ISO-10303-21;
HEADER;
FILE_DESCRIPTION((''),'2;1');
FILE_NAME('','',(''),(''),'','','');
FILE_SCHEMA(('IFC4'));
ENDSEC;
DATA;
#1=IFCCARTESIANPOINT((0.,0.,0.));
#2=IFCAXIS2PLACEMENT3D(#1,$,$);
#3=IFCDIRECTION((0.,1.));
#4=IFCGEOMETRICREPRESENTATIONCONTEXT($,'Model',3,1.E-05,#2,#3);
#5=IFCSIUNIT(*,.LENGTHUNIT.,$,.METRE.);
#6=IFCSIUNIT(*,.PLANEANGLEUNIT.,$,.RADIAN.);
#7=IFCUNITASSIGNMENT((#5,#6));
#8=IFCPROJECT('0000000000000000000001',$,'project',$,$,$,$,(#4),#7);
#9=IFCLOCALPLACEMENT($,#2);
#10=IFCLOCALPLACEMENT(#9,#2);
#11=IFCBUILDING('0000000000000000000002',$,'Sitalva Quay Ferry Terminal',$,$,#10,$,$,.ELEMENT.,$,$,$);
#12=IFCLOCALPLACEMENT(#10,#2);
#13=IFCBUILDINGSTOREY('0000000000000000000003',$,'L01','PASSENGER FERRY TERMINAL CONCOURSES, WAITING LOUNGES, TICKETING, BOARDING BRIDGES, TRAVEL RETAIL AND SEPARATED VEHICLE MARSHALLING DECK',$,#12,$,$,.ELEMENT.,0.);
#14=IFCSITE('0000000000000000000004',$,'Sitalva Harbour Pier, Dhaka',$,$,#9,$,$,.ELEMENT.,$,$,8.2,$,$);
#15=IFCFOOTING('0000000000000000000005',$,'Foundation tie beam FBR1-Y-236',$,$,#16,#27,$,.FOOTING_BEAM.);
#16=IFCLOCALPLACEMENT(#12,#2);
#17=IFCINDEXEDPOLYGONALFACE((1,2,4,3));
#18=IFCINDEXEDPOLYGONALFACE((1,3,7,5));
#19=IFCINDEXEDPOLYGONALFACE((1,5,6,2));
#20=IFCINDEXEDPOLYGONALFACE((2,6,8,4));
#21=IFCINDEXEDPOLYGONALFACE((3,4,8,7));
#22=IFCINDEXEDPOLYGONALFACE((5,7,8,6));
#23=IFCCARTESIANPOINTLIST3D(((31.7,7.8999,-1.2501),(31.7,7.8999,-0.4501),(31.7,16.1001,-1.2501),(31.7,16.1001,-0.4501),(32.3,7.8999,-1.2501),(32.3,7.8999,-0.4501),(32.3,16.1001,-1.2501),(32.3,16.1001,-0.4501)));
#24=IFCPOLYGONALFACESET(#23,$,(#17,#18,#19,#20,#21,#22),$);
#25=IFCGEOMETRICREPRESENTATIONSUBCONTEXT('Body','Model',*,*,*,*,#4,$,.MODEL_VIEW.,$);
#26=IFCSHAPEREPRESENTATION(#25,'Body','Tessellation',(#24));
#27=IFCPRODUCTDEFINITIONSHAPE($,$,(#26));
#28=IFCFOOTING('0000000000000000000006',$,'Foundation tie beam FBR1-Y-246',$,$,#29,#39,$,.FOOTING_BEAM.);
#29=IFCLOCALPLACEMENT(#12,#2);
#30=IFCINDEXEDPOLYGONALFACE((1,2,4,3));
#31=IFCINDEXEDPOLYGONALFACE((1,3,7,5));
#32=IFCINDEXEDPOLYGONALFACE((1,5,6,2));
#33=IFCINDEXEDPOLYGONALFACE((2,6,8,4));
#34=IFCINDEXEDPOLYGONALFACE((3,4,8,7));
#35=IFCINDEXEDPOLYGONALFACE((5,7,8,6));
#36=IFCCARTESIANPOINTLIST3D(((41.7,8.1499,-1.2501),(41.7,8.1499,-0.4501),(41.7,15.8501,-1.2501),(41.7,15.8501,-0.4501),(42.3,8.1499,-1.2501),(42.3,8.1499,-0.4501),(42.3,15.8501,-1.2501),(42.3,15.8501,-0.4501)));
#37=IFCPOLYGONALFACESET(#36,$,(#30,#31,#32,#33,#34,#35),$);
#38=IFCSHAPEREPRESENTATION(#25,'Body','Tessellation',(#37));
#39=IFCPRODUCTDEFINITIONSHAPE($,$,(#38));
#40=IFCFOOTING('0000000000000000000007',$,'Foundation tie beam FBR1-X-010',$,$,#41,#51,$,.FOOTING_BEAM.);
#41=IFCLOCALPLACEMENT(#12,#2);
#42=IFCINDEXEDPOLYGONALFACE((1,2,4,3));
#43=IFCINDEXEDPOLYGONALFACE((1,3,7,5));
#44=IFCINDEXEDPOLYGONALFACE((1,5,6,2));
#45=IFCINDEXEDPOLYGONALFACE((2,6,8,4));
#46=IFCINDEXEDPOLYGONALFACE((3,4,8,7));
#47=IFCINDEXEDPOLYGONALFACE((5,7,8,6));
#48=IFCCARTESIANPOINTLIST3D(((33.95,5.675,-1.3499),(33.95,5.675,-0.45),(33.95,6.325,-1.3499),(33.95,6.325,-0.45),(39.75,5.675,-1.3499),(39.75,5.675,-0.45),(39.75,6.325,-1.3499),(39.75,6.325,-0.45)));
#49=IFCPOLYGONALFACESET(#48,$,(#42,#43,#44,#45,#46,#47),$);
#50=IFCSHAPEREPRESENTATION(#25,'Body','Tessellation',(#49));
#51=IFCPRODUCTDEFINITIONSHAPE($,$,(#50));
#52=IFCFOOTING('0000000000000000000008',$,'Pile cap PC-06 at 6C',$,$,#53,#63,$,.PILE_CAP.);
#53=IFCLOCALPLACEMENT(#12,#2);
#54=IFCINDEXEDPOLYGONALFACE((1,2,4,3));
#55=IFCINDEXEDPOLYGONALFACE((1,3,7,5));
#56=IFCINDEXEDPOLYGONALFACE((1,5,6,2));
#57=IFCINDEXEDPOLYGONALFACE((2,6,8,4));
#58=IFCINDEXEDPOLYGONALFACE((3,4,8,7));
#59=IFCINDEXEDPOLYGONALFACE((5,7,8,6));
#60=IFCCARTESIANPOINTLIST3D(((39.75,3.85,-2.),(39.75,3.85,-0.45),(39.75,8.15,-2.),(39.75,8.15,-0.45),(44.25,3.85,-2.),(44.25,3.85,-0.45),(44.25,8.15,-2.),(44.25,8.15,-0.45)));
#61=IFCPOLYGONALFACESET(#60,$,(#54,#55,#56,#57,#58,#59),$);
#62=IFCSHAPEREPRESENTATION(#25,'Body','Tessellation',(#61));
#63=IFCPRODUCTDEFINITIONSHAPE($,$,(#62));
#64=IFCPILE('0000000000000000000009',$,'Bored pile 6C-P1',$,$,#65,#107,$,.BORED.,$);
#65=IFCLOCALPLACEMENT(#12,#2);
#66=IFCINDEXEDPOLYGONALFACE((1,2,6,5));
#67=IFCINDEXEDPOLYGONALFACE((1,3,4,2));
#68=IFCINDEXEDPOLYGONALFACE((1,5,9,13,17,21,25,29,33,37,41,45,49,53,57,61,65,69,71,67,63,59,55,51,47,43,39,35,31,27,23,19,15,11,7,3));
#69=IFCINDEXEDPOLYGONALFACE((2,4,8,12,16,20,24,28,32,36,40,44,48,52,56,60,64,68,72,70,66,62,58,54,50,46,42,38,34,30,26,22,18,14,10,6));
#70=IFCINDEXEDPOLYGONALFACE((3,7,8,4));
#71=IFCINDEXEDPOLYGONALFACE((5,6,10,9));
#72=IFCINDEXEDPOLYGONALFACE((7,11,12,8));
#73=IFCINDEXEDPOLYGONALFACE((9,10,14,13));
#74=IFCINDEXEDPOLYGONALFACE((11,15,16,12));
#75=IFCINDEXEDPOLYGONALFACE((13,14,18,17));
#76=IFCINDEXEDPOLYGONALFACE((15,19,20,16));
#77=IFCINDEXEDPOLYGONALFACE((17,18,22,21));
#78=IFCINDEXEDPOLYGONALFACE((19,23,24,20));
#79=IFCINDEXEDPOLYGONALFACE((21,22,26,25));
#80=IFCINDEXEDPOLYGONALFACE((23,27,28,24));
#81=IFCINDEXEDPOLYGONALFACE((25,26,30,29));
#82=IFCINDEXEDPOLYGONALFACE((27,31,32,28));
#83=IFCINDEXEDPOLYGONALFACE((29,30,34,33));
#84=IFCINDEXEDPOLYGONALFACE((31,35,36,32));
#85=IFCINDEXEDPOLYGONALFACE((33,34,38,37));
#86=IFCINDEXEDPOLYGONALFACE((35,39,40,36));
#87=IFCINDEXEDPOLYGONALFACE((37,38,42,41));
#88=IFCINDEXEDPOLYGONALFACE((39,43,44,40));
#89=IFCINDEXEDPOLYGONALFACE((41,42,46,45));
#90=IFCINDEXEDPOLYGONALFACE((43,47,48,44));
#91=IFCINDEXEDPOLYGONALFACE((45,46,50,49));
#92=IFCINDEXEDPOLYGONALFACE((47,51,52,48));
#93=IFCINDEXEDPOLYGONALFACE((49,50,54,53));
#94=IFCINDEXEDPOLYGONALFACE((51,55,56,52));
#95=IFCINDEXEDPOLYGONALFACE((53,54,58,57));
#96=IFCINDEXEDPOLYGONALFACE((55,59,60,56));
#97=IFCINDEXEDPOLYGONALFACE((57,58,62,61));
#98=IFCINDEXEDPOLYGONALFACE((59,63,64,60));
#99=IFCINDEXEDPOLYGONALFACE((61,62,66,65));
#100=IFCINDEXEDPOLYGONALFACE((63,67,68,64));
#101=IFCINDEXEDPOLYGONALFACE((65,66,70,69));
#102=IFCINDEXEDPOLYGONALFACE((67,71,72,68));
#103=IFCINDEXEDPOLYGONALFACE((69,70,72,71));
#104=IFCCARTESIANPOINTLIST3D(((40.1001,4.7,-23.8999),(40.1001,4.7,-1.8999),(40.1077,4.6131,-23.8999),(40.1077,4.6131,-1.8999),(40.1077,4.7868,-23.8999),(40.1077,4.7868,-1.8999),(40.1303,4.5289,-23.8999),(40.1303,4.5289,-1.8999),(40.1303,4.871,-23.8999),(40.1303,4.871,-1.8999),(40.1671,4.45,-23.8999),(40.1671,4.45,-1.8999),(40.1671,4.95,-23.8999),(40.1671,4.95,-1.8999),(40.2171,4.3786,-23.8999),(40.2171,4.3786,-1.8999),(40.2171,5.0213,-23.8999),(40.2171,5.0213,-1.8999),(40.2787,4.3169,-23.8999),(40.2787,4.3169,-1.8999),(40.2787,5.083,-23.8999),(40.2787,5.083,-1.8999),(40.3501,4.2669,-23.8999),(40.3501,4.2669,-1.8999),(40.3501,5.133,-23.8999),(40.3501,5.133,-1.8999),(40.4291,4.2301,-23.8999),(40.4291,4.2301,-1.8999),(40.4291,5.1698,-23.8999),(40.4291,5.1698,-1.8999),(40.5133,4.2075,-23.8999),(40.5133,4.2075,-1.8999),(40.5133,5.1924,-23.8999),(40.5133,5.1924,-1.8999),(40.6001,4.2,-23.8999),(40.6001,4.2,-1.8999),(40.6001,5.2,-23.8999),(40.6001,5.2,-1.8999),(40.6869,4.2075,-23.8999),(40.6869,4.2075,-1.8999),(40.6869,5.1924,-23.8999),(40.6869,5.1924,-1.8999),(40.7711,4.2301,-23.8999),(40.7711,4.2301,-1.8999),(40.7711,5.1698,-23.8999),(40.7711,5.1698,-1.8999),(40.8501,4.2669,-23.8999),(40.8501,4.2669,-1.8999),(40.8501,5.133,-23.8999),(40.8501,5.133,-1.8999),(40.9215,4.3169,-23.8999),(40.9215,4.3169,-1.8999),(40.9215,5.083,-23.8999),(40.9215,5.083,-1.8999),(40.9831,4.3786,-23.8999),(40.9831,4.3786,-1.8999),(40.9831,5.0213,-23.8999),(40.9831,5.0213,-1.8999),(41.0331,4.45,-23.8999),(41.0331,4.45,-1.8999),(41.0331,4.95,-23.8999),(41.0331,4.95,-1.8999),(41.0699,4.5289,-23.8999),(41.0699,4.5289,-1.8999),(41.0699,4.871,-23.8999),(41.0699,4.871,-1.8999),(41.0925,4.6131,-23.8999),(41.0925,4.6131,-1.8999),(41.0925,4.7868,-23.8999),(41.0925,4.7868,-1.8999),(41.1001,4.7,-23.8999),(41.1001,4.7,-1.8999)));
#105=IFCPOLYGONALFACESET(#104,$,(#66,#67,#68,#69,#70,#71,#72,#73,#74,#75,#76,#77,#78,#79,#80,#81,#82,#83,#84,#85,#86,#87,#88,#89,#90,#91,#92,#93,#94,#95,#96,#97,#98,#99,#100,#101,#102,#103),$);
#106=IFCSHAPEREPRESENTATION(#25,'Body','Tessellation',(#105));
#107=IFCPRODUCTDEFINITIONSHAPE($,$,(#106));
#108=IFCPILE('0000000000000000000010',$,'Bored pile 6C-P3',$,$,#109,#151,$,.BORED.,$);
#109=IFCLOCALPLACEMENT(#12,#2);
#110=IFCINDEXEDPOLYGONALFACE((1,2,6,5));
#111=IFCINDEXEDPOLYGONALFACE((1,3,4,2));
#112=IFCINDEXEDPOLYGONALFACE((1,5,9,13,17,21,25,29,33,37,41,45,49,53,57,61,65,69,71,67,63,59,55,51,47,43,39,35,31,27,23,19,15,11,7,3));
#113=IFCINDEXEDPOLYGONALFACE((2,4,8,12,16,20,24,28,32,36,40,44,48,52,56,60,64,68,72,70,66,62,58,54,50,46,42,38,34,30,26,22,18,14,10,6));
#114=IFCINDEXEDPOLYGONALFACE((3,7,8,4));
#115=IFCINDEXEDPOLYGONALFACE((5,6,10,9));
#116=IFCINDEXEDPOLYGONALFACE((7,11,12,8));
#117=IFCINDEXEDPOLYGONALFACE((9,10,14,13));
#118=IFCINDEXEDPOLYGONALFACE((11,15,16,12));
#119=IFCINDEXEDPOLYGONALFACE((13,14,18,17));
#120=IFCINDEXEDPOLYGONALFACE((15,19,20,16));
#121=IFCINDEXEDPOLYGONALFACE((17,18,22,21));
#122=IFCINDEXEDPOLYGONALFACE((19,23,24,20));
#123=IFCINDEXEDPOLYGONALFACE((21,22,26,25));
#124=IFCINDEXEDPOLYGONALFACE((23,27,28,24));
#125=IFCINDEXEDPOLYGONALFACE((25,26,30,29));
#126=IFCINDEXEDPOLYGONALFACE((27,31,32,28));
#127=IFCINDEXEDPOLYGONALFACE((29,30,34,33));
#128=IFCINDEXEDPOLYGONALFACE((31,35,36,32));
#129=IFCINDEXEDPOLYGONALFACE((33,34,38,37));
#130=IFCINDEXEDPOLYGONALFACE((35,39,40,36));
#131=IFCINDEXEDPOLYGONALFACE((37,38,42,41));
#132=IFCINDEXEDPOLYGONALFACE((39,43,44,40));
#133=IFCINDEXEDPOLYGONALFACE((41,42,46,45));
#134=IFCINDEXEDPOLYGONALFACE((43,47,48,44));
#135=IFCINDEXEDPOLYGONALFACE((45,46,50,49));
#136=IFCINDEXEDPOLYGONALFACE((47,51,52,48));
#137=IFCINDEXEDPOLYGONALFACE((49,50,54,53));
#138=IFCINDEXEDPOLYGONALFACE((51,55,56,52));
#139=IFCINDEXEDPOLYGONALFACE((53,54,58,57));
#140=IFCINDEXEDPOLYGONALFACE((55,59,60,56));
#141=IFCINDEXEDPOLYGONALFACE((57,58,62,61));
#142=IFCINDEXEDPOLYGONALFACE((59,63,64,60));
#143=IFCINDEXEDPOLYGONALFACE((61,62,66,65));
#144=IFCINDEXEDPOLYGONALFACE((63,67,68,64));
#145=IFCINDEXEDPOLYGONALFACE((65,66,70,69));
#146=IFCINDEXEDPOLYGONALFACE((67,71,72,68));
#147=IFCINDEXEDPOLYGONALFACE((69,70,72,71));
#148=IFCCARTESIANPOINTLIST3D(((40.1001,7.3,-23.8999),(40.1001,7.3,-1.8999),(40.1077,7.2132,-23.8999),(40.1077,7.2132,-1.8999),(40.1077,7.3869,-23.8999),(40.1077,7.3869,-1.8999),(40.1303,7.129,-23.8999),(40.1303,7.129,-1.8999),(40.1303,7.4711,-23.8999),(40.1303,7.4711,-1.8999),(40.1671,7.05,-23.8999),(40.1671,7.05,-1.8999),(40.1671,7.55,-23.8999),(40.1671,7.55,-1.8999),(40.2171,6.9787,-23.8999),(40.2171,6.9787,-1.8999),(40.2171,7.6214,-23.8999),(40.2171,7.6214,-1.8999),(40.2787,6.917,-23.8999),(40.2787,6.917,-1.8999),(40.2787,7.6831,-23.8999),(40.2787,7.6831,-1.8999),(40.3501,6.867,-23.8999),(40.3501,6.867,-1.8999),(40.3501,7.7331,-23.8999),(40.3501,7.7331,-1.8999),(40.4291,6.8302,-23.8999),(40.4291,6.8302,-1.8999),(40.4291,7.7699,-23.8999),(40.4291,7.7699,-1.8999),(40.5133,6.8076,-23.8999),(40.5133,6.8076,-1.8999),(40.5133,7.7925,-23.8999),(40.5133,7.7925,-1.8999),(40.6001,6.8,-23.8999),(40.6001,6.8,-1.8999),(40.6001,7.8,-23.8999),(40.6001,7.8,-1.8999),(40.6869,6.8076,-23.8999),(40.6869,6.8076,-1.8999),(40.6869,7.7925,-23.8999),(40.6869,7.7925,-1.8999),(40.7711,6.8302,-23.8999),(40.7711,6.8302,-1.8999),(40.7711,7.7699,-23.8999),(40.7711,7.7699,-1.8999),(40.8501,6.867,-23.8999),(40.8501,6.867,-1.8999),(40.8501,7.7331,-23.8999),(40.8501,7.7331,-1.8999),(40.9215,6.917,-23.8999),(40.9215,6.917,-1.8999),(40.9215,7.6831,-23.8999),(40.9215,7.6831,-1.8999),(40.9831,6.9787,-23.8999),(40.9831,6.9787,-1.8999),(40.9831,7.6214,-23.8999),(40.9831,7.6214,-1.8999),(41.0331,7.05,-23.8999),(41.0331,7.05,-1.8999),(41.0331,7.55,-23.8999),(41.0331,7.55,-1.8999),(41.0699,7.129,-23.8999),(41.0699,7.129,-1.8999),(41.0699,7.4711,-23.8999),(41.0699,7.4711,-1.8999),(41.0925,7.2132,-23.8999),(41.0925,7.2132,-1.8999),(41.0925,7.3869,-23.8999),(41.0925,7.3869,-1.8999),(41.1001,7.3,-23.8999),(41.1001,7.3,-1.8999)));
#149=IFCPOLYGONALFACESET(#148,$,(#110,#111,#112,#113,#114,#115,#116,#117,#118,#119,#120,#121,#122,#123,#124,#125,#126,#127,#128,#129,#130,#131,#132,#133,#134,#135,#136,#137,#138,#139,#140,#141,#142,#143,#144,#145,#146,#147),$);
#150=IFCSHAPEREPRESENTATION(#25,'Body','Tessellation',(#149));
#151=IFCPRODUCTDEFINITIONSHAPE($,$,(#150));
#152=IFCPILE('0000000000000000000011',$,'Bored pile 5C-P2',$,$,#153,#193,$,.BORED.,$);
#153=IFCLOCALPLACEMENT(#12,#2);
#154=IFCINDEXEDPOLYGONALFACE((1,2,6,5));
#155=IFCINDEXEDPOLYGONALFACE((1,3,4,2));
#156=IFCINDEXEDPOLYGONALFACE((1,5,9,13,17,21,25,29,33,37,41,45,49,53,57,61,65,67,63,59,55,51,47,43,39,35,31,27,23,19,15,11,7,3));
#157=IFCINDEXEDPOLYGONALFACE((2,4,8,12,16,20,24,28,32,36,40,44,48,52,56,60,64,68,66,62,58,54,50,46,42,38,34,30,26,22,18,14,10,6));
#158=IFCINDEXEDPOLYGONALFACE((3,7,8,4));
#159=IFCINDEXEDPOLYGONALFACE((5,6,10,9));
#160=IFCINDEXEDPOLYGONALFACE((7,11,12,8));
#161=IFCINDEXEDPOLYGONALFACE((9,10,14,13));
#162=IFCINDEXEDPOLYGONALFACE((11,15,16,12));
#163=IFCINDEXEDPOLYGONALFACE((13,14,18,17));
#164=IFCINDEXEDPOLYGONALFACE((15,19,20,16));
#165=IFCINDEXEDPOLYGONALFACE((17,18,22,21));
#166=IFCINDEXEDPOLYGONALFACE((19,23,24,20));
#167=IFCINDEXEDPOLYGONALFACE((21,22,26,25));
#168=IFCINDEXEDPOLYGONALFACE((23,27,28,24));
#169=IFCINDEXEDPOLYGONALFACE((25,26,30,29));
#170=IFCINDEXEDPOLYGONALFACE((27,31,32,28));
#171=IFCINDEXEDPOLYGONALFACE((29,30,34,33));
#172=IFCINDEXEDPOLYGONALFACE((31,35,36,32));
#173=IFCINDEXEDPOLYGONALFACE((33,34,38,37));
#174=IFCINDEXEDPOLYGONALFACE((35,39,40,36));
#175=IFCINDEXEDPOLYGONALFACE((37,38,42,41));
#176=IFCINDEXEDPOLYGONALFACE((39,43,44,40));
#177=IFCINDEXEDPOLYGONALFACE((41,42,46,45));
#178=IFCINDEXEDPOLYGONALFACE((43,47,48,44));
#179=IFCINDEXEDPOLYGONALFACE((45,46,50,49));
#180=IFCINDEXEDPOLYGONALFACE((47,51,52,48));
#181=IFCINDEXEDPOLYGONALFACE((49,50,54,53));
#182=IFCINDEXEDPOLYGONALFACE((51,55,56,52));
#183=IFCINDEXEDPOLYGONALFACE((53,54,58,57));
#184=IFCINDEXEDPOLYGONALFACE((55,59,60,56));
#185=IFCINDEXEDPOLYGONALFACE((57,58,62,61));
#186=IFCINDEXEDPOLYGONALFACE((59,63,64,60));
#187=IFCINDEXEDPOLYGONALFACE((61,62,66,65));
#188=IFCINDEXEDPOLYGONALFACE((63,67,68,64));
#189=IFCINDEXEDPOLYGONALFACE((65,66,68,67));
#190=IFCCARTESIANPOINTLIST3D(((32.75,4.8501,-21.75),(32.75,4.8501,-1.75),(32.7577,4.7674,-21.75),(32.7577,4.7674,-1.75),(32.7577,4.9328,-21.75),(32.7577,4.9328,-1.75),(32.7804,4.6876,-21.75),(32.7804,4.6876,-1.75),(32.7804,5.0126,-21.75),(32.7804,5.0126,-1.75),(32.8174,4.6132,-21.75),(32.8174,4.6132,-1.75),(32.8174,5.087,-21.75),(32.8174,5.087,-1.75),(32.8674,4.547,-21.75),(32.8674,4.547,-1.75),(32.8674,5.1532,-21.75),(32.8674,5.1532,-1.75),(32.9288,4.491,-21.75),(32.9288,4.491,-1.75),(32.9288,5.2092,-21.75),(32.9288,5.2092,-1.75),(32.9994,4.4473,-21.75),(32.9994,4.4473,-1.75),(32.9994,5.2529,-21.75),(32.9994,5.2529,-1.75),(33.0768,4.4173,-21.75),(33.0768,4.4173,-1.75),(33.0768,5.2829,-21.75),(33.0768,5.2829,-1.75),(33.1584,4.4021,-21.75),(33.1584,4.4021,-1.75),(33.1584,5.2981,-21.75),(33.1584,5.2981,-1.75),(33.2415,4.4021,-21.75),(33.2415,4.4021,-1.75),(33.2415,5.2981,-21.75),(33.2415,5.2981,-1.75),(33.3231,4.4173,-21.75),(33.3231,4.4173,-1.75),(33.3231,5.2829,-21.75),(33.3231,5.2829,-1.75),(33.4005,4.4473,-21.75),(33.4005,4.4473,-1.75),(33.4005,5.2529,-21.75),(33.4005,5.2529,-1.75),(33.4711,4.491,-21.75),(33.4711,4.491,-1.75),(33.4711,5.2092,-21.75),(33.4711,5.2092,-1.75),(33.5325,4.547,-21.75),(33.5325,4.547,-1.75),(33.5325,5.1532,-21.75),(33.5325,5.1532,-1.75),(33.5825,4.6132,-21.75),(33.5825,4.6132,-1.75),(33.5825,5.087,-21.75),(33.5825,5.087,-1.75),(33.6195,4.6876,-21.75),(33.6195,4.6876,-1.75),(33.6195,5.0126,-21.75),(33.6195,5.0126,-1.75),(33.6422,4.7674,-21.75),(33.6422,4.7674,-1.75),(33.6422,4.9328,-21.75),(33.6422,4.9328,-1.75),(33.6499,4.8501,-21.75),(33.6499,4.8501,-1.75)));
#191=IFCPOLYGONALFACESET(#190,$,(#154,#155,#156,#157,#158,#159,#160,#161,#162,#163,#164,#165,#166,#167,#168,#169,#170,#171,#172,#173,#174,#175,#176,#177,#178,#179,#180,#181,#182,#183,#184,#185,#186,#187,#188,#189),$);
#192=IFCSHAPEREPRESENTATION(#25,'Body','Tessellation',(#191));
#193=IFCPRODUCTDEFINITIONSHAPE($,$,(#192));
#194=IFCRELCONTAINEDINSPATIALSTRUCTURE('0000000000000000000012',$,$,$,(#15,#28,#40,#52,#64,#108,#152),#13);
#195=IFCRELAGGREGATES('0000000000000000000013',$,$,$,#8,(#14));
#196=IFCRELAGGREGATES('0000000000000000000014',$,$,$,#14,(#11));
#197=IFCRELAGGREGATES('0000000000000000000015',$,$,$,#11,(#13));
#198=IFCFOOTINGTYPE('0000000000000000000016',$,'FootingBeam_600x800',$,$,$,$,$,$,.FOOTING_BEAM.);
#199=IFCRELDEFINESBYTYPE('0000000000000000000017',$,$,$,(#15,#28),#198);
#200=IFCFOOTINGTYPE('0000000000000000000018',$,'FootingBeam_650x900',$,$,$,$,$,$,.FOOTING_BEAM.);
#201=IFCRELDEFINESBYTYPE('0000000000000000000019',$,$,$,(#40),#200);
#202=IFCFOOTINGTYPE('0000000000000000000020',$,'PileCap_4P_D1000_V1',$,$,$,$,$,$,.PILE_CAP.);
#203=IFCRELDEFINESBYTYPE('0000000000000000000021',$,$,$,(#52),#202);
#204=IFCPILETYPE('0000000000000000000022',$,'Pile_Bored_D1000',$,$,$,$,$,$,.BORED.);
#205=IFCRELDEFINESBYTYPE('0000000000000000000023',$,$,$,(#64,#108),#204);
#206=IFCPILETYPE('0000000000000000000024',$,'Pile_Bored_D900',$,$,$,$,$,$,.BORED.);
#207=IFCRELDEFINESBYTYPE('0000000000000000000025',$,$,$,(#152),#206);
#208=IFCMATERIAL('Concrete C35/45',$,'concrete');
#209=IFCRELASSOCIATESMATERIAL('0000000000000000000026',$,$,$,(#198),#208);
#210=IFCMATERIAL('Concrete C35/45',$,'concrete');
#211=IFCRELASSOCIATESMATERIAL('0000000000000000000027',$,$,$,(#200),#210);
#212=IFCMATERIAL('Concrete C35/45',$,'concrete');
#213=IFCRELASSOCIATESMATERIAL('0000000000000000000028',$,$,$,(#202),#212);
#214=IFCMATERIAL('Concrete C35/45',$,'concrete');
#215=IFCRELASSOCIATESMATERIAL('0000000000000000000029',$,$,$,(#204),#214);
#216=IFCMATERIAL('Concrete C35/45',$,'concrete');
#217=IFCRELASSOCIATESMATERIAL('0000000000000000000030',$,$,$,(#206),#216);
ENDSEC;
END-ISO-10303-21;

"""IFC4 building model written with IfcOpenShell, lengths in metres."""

from ifc_helpers import new_model, si_unit, direction, frame, origin, origin_2d, place, context, subcontext, project, spatial, rectangle, circle, extrude, material, material_profile, profile_set, type_object, element, save


model = new_model("IFC4")

# Units and contexts
model_context = context("Model", 3, precision=1e-05, world=origin(), true_north=direction((0.0, 1.0)))
body_context = subcontext(model_context, "Body", "Model", "MODEL_VIEW")
ifc_project = project(units=[si_unit("LENGTHUNIT", "METRE"), si_unit("PLANEANGLEUNIT", "RADIAN")], contexts=[model_context])

# Site, building, storey
site_placement = place(None, origin())
site = spatial("IfcSite", under=ifc_project, at=site_placement, Name="Sitalva Harbour Pier, Dhaka", CompositionType="ELEMENT", RefElevation=8.2)
building_placement = place(site_placement, origin())
building = spatial("IfcBuilding", under=site, at=building_placement, Name="Sitalva Quay Ferry Terminal", CompositionType="ELEMENT")
storey_placement = place(building_placement, origin())
storey = spatial("IfcBuildingStorey", under=building, at=storey_placement, Name="L01", Description="PASSENGER FERRY TERMINAL CONCOURSES, WAITING LOUNGES, TICKETING, BOARDING BRIDGES, TRAVEL RETAIL AND SEPARATED VEHICLE MARSHALLING DECK", CompositionType="ELEMENT", Elevation=0.0)

# Footings
ifc_material_1 = material(Name="Concrete C35/45", Category="concrete")
ifc_material_profile_1 = material_profile(ifc_material_1, rectangle(XDim=0.6001, YDim=0.8, at=origin_2d()), Name="RC600x800")
ifc_profile_set_1 = profile_set([ifc_material_profile_1], Name="Concrete C35/45")
footing_type_1 = type_object("IfcFootingType", Name="FootingBeam_600x800", PredefinedType="FOOTING_BEAM", material=ifc_profile_set_1)
footing_1_placement = place(storey_placement, frame((32.0, 7.8999, -0.8501), z_axis=(0.0, 1.0, 0.0), x_axis=(-1.0, 0.0, 0.0)))
element("IfcFooting", 1, at=footing_1_placement, inside=storey, type_object=footing_type_1, Name="Foundation tie beam FBR1-Y-236", PredefinedType="FOOTING_BEAM", context=body_context, shape_type="SweptSolid", body=[
    extrude(rectangle(XDim=0.6001, YDim=0.8, at=origin_2d()), origin(), (0.0, 0.0, 1.0), 8.2002),
])
footing_2_placement = place(storey_placement, frame((42.0, 8.1499, -0.8501), z_axis=(0.0, 1.0, 0.0), x_axis=(-1.0, 0.0, 0.0)))
element("IfcFooting", 2, at=footing_2_placement, inside=storey, type_object=footing_type_1, Name="Foundation tie beam FBR1-Y-246", PredefinedType="FOOTING_BEAM", context=body_context, shape_type="SweptSolid", body=[
    extrude(rectangle(XDim=0.6001, YDim=0.8, at=origin_2d()), origin(), (0.0, 0.0, 1.0), 7.7002),
])
ifc_material_2 = material(Name="Concrete C35/45", Category="concrete")
ifc_material_profile_2 = material_profile(ifc_material_2, rectangle(XDim=0.6499, YDim=0.8999, at=origin_2d()), Name="RC650x900")
ifc_profile_set_2 = profile_set([ifc_material_profile_2], Name="Concrete C35/45")
footing_type_2 = type_object("IfcFootingType", Name="FootingBeam_650x900", PredefinedType="FOOTING_BEAM", material=ifc_profile_set_2)
footing_3_placement = place(storey_placement, frame((33.95, 6.0, -0.8999), z_axis=(1.0, 0.0, 0.0), x_axis=(0.0, 1.0, 0.0)))
element("IfcFooting", 3, at=footing_3_placement, inside=storey, type_object=footing_type_2, Name="Foundation tie beam FBR1-X-010", PredefinedType="FOOTING_BEAM", context=body_context, shape_type="SweptSolid", body=[
    extrude(rectangle(XDim=0.6499, YDim=0.8999, at=origin_2d()), origin(), (0.0, 0.0, 1.0), 5.8),
])
ifc_material_3 = material(Name="Concrete C35/45", Category="concrete")
footing_type_3 = type_object("IfcFootingType", Name="PileCap_4P_D1000_V1", PredefinedType="PILE_CAP", material=ifc_material_3)
footing_4_placement = place(storey_placement, frame((42.0, 6.0, -2.0), z_axis=(0.0, 0.0, 1.0), x_axis=(1.0, 0.0, 0.0)))
element("IfcFooting", 4, at=footing_4_placement, inside=storey, type_object=footing_type_3, Name="Pile cap PC-06 at 6C", PredefinedType="PILE_CAP", context=body_context, shape_type="SweptSolid", body=[
    extrude(rectangle(XDim=4.5, YDim=4.3, at=origin_2d()), origin(), (0.0, 0.0, 1.0), 1.55),
])

# Piles
ifc_material_4 = material(Name="Concrete C35/45", Category="concrete")
ifc_material_profile_3 = material_profile(ifc_material_4, circle(Radius=0.5, at=origin_2d()), Name="PILE-D1000")
ifc_profile_set_3 = profile_set([ifc_material_profile_3], Name="Concrete C35/45")
pile_type_1 = type_object("IfcPileType", Name="Pile_Bored_D1000", PredefinedType="BORED", material=ifc_profile_set_3)
for number, where, z_axis, x_axis, name in (
    (5, (40.6001, 4.7, -1.8999), (0.0, 0.0, -1.0), (1.0, 0.0, 0.0), "Bored pile 6C-P1"),
    (6, (40.6001, 7.3, -1.8999), (0.0, 0.0, -1.0), (1.0, 0.0, 0.0), "Bored pile 6C-P3"),
):
    element("IfcPile", number, at=place(storey_placement, frame(where, z_axis=z_axis, x_axis=x_axis)), inside=storey, type_object=pile_type_1, Name=name, PredefinedType="BORED", context=body_context, shape_type="SweptSolid", body=[
        extrude(circle(Radius=0.5, at=origin_2d()), origin(), (0.0, 0.0, 1.0), 22.0),
    ])
ifc_material_5 = material(Name="Concrete C35/45", Category="concrete")
ifc_material_profile_4 = material_profile(ifc_material_5, circle(Radius=0.45, at=origin_2d()), Name="PILE-D900")
ifc_profile_set_4 = profile_set([ifc_material_profile_4], Name="Concrete C35/45")
pile_type_2 = type_object("IfcPileType", Name="Pile_Bored_D900", PredefinedType="BORED", material=ifc_profile_set_4)
for number, where, z_axis, x_axis, name in (
    (7, (33.2, 4.8501, -1.75), (0.0, 0.0, -1.0), (1.0, 0.0, 0.0), "Bored pile 5C-P2"),
):
    element("IfcPile", number, at=place(storey_placement, frame(where, z_axis=z_axis, x_axis=x_axis)), inside=storey, type_object=pile_type_2, Name=name, PredefinedType="BORED", context=body_context, shape_type="SweptSolid", body=[
        extrude(circle(Radius=0.45, at=origin_2d()), origin(), (0.0, 0.0, 1.0), 20.0),
    ])

save(model, "model.ifc")
